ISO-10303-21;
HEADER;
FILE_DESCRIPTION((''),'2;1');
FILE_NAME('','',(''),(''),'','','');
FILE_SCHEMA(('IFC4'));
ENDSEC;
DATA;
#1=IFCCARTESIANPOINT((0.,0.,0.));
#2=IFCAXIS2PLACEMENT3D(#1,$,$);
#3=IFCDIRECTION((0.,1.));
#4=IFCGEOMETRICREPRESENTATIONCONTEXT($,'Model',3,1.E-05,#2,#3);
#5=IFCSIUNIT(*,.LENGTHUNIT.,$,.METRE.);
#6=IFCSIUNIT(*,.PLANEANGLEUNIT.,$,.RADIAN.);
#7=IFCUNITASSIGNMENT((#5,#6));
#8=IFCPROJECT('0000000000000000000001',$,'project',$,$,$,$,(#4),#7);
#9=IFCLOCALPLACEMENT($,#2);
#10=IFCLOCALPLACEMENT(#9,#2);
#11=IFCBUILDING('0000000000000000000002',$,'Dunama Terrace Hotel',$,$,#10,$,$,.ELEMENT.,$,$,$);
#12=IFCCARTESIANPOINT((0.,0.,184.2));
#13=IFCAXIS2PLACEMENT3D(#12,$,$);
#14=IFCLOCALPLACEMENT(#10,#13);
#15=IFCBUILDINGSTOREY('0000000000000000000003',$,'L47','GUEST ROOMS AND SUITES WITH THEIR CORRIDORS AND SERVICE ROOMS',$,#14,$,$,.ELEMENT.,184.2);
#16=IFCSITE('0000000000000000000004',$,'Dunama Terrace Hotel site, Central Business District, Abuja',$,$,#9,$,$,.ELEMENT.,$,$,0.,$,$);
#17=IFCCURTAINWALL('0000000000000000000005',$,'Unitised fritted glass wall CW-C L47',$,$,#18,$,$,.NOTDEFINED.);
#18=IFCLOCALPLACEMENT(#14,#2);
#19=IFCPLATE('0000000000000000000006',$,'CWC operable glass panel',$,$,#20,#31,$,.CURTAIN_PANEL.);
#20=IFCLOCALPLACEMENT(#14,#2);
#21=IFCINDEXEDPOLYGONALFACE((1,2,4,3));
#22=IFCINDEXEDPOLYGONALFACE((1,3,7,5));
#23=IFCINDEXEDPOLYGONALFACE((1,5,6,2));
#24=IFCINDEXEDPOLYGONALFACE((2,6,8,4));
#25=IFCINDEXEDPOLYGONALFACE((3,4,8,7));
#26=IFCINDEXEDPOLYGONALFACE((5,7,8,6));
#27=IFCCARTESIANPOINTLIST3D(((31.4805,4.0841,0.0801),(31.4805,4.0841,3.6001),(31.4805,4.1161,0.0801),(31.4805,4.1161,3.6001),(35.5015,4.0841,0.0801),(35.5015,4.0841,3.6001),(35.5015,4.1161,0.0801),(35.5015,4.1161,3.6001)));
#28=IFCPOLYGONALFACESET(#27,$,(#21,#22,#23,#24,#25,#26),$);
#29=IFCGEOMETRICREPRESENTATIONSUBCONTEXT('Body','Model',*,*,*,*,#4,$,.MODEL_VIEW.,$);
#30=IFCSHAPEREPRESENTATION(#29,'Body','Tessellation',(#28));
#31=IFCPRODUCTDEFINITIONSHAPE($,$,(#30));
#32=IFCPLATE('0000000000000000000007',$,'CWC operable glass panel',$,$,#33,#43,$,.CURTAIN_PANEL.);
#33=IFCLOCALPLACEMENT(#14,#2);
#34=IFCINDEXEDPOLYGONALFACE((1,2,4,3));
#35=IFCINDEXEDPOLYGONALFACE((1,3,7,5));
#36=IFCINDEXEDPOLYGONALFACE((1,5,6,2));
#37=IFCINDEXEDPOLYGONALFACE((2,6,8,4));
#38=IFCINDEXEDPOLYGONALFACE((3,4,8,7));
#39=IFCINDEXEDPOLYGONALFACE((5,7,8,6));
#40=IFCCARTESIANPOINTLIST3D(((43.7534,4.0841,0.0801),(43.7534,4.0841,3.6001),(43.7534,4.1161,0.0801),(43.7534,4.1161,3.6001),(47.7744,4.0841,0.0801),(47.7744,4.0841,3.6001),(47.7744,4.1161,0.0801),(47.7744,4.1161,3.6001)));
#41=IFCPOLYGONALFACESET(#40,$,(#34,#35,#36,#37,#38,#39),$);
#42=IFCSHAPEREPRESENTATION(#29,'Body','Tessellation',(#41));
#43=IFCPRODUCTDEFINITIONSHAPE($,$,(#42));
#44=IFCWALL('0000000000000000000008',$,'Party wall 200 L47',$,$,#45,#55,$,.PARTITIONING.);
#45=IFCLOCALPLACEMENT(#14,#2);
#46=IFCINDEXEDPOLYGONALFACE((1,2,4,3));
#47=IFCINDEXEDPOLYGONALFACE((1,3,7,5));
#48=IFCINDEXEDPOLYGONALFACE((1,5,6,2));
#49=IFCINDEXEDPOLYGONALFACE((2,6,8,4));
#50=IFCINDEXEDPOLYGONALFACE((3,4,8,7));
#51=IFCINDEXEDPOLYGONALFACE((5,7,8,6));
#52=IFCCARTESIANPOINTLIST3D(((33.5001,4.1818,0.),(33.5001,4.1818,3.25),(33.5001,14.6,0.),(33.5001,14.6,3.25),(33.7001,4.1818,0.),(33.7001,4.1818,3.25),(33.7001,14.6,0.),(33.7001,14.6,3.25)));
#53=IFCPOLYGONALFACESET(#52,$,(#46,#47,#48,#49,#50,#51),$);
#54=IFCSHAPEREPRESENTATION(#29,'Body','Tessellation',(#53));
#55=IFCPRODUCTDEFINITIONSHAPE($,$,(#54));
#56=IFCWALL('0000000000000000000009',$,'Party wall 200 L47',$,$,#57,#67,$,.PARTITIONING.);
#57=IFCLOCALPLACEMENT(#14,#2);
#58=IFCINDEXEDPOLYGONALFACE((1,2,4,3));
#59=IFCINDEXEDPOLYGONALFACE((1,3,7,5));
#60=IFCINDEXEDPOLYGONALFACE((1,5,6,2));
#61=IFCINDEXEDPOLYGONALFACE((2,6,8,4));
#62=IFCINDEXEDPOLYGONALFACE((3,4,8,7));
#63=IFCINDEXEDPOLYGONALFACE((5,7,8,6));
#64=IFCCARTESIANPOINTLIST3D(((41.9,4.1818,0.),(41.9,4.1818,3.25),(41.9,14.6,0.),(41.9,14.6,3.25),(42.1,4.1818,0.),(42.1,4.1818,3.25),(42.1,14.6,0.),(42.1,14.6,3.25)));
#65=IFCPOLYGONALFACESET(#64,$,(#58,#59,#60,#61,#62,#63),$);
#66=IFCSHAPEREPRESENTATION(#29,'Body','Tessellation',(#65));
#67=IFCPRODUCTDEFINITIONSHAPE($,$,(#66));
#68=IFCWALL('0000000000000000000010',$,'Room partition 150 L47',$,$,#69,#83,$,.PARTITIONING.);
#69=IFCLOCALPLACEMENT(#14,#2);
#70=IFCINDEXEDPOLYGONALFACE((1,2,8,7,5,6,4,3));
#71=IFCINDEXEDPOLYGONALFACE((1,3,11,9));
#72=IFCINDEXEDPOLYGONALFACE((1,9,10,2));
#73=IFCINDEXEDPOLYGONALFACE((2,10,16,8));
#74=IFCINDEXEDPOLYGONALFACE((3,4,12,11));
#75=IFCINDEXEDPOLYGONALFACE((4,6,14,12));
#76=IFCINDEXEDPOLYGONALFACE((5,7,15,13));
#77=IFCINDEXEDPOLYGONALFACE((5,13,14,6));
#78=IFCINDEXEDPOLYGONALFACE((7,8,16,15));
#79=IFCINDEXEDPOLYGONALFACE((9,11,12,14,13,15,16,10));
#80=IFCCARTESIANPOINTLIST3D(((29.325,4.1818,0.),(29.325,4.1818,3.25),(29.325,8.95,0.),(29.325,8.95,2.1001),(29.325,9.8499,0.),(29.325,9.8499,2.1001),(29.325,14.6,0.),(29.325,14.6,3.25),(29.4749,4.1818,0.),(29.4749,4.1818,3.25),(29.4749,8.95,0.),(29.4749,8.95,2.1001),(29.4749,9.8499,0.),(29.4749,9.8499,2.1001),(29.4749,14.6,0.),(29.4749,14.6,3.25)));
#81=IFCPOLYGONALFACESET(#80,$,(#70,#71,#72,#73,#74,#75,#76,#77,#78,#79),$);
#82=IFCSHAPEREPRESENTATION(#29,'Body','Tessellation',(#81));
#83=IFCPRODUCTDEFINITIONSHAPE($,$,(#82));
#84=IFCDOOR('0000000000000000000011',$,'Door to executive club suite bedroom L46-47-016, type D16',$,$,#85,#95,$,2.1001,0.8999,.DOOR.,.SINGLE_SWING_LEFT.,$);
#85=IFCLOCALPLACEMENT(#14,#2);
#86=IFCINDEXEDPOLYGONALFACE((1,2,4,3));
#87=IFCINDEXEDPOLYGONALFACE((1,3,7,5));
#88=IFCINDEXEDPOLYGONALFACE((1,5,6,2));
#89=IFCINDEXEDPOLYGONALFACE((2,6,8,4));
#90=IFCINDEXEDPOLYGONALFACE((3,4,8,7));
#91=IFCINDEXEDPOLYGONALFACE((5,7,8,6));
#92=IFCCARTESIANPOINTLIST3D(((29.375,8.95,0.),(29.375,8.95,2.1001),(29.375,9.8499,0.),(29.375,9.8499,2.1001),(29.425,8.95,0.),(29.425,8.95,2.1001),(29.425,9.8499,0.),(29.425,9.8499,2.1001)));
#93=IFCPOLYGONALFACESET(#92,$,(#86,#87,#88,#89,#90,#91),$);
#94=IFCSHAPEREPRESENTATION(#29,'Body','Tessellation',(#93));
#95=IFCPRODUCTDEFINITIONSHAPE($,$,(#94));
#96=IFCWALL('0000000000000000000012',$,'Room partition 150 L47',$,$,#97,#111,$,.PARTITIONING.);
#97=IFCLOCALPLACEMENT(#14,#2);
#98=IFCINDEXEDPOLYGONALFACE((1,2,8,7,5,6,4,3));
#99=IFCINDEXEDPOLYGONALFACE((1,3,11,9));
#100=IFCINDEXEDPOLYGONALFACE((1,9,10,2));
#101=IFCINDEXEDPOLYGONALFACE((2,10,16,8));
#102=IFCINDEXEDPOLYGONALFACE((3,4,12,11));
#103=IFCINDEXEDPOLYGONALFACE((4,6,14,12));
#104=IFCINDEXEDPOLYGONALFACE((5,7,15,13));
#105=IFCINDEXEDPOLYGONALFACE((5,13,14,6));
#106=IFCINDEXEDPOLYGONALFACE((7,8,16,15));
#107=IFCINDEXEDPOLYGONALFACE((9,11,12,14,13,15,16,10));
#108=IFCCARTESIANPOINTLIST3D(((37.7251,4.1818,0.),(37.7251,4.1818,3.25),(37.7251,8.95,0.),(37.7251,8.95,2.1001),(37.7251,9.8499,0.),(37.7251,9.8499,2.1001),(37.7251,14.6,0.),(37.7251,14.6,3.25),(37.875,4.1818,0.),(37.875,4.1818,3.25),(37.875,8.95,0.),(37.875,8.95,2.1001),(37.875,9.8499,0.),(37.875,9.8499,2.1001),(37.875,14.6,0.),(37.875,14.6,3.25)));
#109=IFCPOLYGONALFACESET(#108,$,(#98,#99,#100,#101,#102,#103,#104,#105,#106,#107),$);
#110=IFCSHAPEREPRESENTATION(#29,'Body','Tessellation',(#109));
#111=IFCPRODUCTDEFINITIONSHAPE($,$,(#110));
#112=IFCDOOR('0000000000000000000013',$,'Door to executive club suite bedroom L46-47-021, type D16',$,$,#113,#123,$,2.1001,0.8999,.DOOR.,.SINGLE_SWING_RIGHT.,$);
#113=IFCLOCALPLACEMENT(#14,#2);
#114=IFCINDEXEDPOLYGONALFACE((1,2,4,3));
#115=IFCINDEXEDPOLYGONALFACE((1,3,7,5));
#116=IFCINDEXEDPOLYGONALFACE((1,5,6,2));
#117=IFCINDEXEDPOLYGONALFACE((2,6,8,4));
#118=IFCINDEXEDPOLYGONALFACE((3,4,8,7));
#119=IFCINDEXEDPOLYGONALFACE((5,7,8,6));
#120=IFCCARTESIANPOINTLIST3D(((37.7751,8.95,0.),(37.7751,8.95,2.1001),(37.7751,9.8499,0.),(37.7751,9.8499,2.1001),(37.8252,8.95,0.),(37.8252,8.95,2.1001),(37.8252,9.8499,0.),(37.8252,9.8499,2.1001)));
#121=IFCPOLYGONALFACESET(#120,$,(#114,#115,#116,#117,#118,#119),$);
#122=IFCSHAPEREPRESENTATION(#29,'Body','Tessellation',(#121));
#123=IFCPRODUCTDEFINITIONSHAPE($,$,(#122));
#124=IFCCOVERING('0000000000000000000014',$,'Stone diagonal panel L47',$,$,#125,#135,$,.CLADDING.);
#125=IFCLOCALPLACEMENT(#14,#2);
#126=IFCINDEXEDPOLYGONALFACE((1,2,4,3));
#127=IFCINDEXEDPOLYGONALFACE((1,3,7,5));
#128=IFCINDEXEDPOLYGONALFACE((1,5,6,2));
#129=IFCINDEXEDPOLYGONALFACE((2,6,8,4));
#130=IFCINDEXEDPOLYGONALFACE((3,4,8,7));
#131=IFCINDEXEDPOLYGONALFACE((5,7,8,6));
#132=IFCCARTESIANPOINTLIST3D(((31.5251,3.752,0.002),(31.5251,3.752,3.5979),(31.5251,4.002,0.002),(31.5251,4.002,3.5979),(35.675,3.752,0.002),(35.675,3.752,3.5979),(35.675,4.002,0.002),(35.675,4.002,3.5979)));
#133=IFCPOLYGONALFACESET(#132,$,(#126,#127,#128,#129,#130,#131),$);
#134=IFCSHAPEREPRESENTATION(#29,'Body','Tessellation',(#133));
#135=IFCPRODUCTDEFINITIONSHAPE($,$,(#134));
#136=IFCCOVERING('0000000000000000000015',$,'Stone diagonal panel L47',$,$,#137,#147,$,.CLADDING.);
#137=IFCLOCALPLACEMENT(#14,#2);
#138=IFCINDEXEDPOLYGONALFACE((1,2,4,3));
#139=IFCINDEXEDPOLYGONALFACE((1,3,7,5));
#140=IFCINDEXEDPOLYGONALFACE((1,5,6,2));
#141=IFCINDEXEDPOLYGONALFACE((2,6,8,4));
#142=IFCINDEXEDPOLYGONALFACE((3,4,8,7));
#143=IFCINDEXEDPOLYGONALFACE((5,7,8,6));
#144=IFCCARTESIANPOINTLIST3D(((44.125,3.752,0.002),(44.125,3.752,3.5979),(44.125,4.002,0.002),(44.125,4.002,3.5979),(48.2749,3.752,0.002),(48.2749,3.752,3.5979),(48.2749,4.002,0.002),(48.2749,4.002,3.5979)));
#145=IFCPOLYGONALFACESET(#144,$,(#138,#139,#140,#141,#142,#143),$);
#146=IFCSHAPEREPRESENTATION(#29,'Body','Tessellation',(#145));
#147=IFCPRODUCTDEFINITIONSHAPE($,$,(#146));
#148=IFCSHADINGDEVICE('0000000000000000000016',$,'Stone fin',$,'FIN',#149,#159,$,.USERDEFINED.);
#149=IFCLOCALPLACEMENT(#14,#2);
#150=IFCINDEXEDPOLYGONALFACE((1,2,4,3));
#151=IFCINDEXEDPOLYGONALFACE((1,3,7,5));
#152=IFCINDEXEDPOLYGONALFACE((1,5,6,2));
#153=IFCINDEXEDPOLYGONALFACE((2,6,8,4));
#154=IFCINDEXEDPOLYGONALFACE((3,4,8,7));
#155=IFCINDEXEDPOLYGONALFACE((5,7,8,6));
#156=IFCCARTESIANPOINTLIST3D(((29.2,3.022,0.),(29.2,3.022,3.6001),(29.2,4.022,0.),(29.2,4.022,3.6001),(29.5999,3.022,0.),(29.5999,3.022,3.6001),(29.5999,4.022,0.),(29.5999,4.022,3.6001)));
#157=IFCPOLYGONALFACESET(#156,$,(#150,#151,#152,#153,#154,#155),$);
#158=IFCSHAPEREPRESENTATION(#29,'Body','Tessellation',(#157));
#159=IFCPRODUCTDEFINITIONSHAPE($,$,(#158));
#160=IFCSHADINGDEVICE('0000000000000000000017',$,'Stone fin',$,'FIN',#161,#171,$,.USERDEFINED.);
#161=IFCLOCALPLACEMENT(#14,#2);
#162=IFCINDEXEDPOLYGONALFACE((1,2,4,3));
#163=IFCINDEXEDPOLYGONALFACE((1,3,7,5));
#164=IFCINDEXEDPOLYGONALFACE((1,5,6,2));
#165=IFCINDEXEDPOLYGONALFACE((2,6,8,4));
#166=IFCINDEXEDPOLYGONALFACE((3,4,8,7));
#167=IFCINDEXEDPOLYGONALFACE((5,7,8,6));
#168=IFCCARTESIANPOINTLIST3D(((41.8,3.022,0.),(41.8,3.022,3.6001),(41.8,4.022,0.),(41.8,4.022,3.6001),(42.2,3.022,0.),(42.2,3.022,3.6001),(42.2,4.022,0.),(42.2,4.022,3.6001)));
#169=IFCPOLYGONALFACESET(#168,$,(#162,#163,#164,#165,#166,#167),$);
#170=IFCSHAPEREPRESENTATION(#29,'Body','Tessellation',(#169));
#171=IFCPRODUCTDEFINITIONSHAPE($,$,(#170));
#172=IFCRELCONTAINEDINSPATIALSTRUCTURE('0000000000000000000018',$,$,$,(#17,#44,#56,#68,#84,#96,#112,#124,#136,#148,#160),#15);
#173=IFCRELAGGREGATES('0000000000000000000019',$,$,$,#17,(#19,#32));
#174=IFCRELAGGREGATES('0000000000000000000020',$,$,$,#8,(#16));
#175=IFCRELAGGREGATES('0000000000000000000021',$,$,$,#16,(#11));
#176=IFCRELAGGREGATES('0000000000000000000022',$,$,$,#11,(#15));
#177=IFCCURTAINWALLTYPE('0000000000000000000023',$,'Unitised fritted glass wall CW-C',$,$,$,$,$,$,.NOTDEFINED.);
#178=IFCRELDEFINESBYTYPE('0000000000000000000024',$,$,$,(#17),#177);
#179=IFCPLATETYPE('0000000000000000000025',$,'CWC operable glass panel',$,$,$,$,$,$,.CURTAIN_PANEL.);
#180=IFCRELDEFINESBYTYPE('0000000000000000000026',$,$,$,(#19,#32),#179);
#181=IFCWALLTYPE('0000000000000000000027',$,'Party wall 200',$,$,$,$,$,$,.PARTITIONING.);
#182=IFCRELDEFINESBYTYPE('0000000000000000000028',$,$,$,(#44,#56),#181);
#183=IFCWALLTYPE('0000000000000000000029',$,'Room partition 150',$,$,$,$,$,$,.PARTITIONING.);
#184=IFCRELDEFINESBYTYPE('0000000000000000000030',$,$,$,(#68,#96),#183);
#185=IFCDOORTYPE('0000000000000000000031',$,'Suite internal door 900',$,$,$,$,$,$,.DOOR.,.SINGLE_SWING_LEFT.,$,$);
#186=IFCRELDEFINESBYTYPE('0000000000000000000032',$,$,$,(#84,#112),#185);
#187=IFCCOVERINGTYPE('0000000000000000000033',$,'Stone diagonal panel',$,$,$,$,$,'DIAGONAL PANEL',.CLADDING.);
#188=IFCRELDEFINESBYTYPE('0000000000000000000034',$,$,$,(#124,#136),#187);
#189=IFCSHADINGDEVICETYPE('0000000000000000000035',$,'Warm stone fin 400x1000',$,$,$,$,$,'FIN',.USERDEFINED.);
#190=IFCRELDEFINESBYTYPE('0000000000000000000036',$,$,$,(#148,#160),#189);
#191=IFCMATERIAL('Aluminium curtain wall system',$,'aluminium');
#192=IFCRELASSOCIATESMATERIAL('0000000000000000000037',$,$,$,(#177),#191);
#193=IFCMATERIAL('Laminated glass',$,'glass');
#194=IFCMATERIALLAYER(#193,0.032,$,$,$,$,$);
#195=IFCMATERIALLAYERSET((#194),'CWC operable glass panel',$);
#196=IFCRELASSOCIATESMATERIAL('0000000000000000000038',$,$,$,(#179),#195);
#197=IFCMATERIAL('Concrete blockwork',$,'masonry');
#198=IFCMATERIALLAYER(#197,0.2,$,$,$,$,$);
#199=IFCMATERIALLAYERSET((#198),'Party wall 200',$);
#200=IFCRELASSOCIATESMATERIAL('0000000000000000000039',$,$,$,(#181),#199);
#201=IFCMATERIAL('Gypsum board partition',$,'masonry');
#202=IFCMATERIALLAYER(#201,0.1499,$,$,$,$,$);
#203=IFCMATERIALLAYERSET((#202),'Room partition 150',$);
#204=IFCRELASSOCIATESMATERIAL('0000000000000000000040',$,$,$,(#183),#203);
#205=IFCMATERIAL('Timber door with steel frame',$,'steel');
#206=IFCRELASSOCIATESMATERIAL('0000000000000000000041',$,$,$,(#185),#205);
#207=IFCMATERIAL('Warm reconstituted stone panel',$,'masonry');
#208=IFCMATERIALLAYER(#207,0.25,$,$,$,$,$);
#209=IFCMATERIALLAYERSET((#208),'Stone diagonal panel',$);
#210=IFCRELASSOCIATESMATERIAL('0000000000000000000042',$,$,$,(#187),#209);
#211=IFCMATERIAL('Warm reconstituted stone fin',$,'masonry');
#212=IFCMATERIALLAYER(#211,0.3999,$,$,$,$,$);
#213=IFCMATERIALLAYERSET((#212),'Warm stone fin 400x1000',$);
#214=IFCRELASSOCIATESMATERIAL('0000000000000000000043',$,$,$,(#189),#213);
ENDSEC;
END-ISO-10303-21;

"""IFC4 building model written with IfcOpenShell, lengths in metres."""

from ifc_helpers import new_model, si_unit, direction, frame, frame_2d, origin, origin_2d, place, context, subcontext, project, spatial, rectangle, extrude, material, layer, layer_set, type_object, element, fill, aggregate, save


model = new_model("IFC4")

# Units and contexts
model_context = context("Model", 3, precision=1e-05, world=origin(), true_north=direction((0.0, 1.0)))
body_context = subcontext(model_context, "Body", "Model", "MODEL_VIEW")
ifc_project = project(units=[si_unit("LENGTHUNIT", "METRE"), si_unit("PLANEANGLEUNIT", "RADIAN")], contexts=[model_context])

# Site, building, storey
site_placement = place(None, origin())
site = spatial("IfcSite", under=ifc_project, at=site_placement, Name="Dunama Terrace Hotel site, Central Business District, Abuja", CompositionType="ELEMENT", RefElevation=0.0)
building_placement = place(site_placement, origin())
building = spatial("IfcBuilding", under=site, at=building_placement, Name="Dunama Terrace Hotel", CompositionType="ELEMENT")
storey_placement = place(building_placement, frame((0.0, 0.0, 184.2)))
storey = spatial("IfcBuildingStorey", under=building, at=storey_placement, Name="L47", Description="GUEST ROOMS AND SUITES WITH THEIR CORRIDORS AND SERVICE ROOMS", CompositionType="ELEMENT", Elevation=184.2)

# Curtain wall
ifc_material_1 = material(Name="Aluminium curtain wall system", Category="aluminium")
curtain_wall_type = type_object("IfcCurtainWallType", Name="Unitised fritted glass wall CW-C", PredefinedType="NOTDEFINED", material=ifc_material_1)
curtain_wall_placement = place(storey_placement, origin())
curtain_wall = element("IfcCurtainWall", 1, at=curtain_wall_placement, inside=storey, type_object=curtain_wall_type, Name="Unitised fritted glass wall CW-C L47", PredefinedType="NOTDEFINED")

# Plates
ifc_material_2 = material(Name="Laminated glass", Category="glass")
ifc_layer_1 = layer(ifc_material_2, 0.032)
ifc_layer_set_1 = layer_set([ifc_layer_1], Name="CWC operable glass panel")
plate_type_1 = type_object("IfcPlateType", Name="CWC operable glass panel", PredefinedType="CURTAIN_PANEL", material=ifc_layer_set_1)
plate_1_placement = place(storey_placement, frame((33.491, 4.1001, 0.0801), z_axis=(0.0, 0.0, 1.0), x_axis=(1.0, 0.0, 0.0)))
plate_1 = element("IfcPlate", 2, at=plate_1_placement, type_object=plate_type_1, Name="CWC operable glass panel", PredefinedType="CURTAIN_PANEL", context=body_context, shape_type="SweptSolid", body=[
    extrude(rectangle(XDim=4.021, YDim=0.032, at=origin_2d()), origin(), (0.0, 0.0, 1.0), 3.52),
])
plate_2_placement = place(storey_placement, frame((45.7639, 4.1001, 0.0801), z_axis=(0.0, 0.0, 1.0), x_axis=(1.0, 0.0, 0.0)))
plate_2 = element("IfcPlate", 3, at=plate_2_placement, type_object=plate_type_1, Name="CWC operable glass panel", PredefinedType="CURTAIN_PANEL", context=body_context, shape_type="SweptSolid", body=[
    extrude(rectangle(XDim=4.021, YDim=0.032, at=origin_2d()), origin(), (0.0, 0.0, 1.0), 3.52),
])
aggregate(curtain_wall, [plate_1, plate_2])

# Walls
ifc_material_3 = material(Name="Concrete blockwork", Category="masonry")
ifc_layer_2 = layer(ifc_material_3, 0.2)
ifc_layer_set_2 = layer_set([ifc_layer_2], Name="Party wall 200")
wall_type_1 = type_object("IfcWallType", Name="Party wall 200", PredefinedType="PARTITIONING", material=ifc_layer_set_2)
for number, where, z_axis, x_axis, name in (
    (4, (33.6001, 4.1819, 0.0), (0.0, 0.0, 1.0), (0.0, 1.0, 0.0), "Party wall 200 L47"),
    (5, (42.0, 4.1819, 0.0), (0.0, 0.0, 1.0), (0.0, 1.0, 0.0), "Party wall 200 L47"),
):
    element("IfcWall", number, at=place(storey_placement, frame(where, z_axis=z_axis, x_axis=x_axis)), inside=storey, type_object=wall_type_1, Name=name, PredefinedType="PARTITIONING", context=body_context, shape_type="SweptSolid", body=[
        extrude(rectangle(XDim=10.4182, YDim=0.2, at=frame_2d((5.209, 0.0))), origin(), (0.0, 0.0, 1.0), 3.25),
    ])

# Walls, openings, doors
ifc_material_4 = material(Name="Gypsum board partition", Category="masonry")
ifc_layer_3 = layer(ifc_material_4, 0.1499)
ifc_layer_set_3 = layer_set([ifc_layer_3], Name="Room partition 150")
wall_type_2 = type_object("IfcWallType", Name="Room partition 150", PredefinedType="PARTITIONING", material=ifc_layer_set_3)
wall_1_placement = place(storey_placement, frame((29.3999, 4.1819, 0.0), z_axis=(0.0, 0.0, 1.0), x_axis=(0.0, 1.0, 0.0)))
wall_1 = element("IfcWall", 6, at=wall_1_placement, inside=storey, type_object=wall_type_2, Name="Room partition 150 L47", PredefinedType="PARTITIONING", context=body_context, shape_type="SweptSolid", body=[
    extrude(rectangle(XDim=10.4182, YDim=0.1499, at=frame_2d((5.209, 0.0))), origin(), (0.0, 0.0, 1.0), 3.25),
])
opening_1_placement = place(wall_1_placement, frame((4.7681, 0.0, 0.0)))
opening_1 = element("IfcOpeningElement", 7, at=opening_1_placement, cuts=wall_1, PredefinedType="OPENING", context=body_context, shape_type="SweptSolid", body=[
    extrude(rectangle(XDim=0.8999, YDim=2.1001, at=frame_2d((0.45, 1.05))), frame((0.0, 0.085, 0.0), z_axis=(0.0, -1.0, 0.0), x_axis=(1.0, 0.0, 0.0)), (0.0, 0.0, 1.0), 0.1699),
])
ifc_material_5 = material(Name="Timber door with steel frame", Category="steel")
door_type = type_object("IfcDoorType", Name="Suite internal door 900", OperationType="SINGLE_SWING_LEFT", PredefinedType="DOOR", material=ifc_material_5)
door_1_placement = place(opening_1_placement, origin())
door_1 = element("IfcDoor", 8, at=door_1_placement, inside=storey, type_object=door_type, Name="Door to executive club suite bedroom L46-47-016, type D16", OperationType="SINGLE_SWING_LEFT", OverallHeight=2.1001, OverallWidth=0.8999, PredefinedType="DOOR", context=body_context, shape_type="SweptSolid", body=[
    extrude(rectangle(XDim=0.8999, YDim=2.1001, at=frame_2d((0.45, 1.05))), frame((0.0, 0.0249, 0.0), z_axis=(0.0, -1.0, 0.0), x_axis=(1.0, 0.0, 0.0)), (0.0, 0.0, 1.0), 0.05),
])
fill(opening_1, door_1)
wall_2_placement = place(storey_placement, frame((37.8, 4.1819, 0.0), z_axis=(0.0, 0.0, 1.0), x_axis=(0.0, 1.0, 0.0)))
wall_2 = element("IfcWall", 9, at=wall_2_placement, inside=storey, type_object=wall_type_2, Name="Room partition 150 L47", PredefinedType="PARTITIONING", context=body_context, shape_type="SweptSolid", body=[
    extrude(rectangle(XDim=10.4182, YDim=0.1499, at=frame_2d((5.209, 0.0))), origin(), (0.0, 0.0, 1.0), 3.25),
])
opening_2_placement = place(wall_2_placement, frame((4.7681, 0.0, 0.0)))
opening_2 = element("IfcOpeningElement", 10, at=opening_2_placement, cuts=wall_2, PredefinedType="OPENING", context=body_context, shape_type="SweptSolid", body=[
    extrude(rectangle(XDim=0.8999, YDim=2.1001, at=frame_2d((0.45, 1.05))), frame((0.0, 0.085, 0.0), z_axis=(0.0, -1.0, 0.0), x_axis=(1.0, 0.0, 0.0)), (0.0, 0.0, 1.0), 0.1699),
])
door_2_placement = place(opening_2_placement, frame((0.8999, 0.0, 0.0), z_axis=(0.0, 0.0, 1.0), x_axis=(-1.0, 0.0, 0.0)))
door_2 = element("IfcDoor", 11, at=door_2_placement, inside=storey, type_object=door_type, Name="Door to executive club suite bedroom L46-47-021, type D16", OperationType="SINGLE_SWING_RIGHT", OverallHeight=2.1001, OverallWidth=0.8999, PredefinedType="DOOR", context=body_context, shape_type="SweptSolid", body=[
    extrude(rectangle(XDim=0.8999, YDim=2.1001, at=frame_2d((0.45, 1.05))), frame((0.0, 0.0251, 0.0), z_axis=(0.0, -1.0, 0.0), x_axis=(1.0, 0.0, 0.0)), (0.0, 0.0, 1.0), 0.05),
])
fill(opening_2, door_2)

# Coverings
ifc_material_6 = material(Name="Warm reconstituted stone panel", Category="masonry")
ifc_layer_4 = layer(ifc_material_6, 0.25)
ifc_layer_set_4 = layer_set([ifc_layer_4], Name="Stone diagonal panel")
covering_type = type_object("IfcCoveringType", Name="Stone diagonal panel", ElementType="DIAGONAL PANEL", PredefinedType="CLADDING", material=ifc_layer_set_4)
for number, where, z_axis, x_axis, name in (
    (12, (33.6001, 3.877, 0.002), (0.0, 0.0, 1.0), (1.0, 0.0, 0.0), "Stone diagonal panel L47"),
    (13, (46.2, 3.877, 0.002), (0.0, 0.0, 1.0), (1.0, 0.0, 0.0), "Stone diagonal panel L47"),
):
    element("IfcCovering", number, at=place(storey_placement, frame(where, z_axis=z_axis, x_axis=x_axis)), inside=storey, type_object=covering_type, Name=name, PredefinedType="CLADDING", context=body_context, shape_type="SweptSolid", body=[
        extrude(rectangle(XDim=4.1499, YDim=0.25, at=origin_2d()), origin(), (0.0, 0.0, 1.0), 3.5959),
    ])

# Shading devices
ifc_material_7 = material(Name="Warm reconstituted stone fin", Category="masonry")
ifc_layer_5 = layer(ifc_material_7, 0.3999)
ifc_layer_set_5 = layer_set([ifc_layer_5], Name="Warm stone fin 400x1000")
shading_device_type = type_object("IfcShadingDeviceType", Name="Warm stone fin 400x1000", ElementType="FIN", PredefinedType="USERDEFINED", material=ifc_layer_set_5)
for number, where, z_axis, x_axis, name in (
    (14, (29.3999, 3.522, 0.0), (0.0, 0.0, 1.0), (1.0, 0.0, 0.0), "Stone fin"),
    (15, (42.0, 3.522, 0.0), (0.0, 0.0, 1.0), (1.0, 0.0, 0.0), "Stone fin"),
):
    element("IfcShadingDevice", number, at=place(storey_placement, frame(where, z_axis=z_axis, x_axis=x_axis)), inside=storey, type_object=shading_device_type, Name=name, ObjectType="FIN", PredefinedType="USERDEFINED", context=body_context, shape_type="SweptSolid", body=[
        extrude(rectangle(XDim=0.3999, YDim=1.0, at=origin_2d()), origin(), (0.0, 0.0, 1.0), 3.6001),
    ])

save(model, "model.ifc")
